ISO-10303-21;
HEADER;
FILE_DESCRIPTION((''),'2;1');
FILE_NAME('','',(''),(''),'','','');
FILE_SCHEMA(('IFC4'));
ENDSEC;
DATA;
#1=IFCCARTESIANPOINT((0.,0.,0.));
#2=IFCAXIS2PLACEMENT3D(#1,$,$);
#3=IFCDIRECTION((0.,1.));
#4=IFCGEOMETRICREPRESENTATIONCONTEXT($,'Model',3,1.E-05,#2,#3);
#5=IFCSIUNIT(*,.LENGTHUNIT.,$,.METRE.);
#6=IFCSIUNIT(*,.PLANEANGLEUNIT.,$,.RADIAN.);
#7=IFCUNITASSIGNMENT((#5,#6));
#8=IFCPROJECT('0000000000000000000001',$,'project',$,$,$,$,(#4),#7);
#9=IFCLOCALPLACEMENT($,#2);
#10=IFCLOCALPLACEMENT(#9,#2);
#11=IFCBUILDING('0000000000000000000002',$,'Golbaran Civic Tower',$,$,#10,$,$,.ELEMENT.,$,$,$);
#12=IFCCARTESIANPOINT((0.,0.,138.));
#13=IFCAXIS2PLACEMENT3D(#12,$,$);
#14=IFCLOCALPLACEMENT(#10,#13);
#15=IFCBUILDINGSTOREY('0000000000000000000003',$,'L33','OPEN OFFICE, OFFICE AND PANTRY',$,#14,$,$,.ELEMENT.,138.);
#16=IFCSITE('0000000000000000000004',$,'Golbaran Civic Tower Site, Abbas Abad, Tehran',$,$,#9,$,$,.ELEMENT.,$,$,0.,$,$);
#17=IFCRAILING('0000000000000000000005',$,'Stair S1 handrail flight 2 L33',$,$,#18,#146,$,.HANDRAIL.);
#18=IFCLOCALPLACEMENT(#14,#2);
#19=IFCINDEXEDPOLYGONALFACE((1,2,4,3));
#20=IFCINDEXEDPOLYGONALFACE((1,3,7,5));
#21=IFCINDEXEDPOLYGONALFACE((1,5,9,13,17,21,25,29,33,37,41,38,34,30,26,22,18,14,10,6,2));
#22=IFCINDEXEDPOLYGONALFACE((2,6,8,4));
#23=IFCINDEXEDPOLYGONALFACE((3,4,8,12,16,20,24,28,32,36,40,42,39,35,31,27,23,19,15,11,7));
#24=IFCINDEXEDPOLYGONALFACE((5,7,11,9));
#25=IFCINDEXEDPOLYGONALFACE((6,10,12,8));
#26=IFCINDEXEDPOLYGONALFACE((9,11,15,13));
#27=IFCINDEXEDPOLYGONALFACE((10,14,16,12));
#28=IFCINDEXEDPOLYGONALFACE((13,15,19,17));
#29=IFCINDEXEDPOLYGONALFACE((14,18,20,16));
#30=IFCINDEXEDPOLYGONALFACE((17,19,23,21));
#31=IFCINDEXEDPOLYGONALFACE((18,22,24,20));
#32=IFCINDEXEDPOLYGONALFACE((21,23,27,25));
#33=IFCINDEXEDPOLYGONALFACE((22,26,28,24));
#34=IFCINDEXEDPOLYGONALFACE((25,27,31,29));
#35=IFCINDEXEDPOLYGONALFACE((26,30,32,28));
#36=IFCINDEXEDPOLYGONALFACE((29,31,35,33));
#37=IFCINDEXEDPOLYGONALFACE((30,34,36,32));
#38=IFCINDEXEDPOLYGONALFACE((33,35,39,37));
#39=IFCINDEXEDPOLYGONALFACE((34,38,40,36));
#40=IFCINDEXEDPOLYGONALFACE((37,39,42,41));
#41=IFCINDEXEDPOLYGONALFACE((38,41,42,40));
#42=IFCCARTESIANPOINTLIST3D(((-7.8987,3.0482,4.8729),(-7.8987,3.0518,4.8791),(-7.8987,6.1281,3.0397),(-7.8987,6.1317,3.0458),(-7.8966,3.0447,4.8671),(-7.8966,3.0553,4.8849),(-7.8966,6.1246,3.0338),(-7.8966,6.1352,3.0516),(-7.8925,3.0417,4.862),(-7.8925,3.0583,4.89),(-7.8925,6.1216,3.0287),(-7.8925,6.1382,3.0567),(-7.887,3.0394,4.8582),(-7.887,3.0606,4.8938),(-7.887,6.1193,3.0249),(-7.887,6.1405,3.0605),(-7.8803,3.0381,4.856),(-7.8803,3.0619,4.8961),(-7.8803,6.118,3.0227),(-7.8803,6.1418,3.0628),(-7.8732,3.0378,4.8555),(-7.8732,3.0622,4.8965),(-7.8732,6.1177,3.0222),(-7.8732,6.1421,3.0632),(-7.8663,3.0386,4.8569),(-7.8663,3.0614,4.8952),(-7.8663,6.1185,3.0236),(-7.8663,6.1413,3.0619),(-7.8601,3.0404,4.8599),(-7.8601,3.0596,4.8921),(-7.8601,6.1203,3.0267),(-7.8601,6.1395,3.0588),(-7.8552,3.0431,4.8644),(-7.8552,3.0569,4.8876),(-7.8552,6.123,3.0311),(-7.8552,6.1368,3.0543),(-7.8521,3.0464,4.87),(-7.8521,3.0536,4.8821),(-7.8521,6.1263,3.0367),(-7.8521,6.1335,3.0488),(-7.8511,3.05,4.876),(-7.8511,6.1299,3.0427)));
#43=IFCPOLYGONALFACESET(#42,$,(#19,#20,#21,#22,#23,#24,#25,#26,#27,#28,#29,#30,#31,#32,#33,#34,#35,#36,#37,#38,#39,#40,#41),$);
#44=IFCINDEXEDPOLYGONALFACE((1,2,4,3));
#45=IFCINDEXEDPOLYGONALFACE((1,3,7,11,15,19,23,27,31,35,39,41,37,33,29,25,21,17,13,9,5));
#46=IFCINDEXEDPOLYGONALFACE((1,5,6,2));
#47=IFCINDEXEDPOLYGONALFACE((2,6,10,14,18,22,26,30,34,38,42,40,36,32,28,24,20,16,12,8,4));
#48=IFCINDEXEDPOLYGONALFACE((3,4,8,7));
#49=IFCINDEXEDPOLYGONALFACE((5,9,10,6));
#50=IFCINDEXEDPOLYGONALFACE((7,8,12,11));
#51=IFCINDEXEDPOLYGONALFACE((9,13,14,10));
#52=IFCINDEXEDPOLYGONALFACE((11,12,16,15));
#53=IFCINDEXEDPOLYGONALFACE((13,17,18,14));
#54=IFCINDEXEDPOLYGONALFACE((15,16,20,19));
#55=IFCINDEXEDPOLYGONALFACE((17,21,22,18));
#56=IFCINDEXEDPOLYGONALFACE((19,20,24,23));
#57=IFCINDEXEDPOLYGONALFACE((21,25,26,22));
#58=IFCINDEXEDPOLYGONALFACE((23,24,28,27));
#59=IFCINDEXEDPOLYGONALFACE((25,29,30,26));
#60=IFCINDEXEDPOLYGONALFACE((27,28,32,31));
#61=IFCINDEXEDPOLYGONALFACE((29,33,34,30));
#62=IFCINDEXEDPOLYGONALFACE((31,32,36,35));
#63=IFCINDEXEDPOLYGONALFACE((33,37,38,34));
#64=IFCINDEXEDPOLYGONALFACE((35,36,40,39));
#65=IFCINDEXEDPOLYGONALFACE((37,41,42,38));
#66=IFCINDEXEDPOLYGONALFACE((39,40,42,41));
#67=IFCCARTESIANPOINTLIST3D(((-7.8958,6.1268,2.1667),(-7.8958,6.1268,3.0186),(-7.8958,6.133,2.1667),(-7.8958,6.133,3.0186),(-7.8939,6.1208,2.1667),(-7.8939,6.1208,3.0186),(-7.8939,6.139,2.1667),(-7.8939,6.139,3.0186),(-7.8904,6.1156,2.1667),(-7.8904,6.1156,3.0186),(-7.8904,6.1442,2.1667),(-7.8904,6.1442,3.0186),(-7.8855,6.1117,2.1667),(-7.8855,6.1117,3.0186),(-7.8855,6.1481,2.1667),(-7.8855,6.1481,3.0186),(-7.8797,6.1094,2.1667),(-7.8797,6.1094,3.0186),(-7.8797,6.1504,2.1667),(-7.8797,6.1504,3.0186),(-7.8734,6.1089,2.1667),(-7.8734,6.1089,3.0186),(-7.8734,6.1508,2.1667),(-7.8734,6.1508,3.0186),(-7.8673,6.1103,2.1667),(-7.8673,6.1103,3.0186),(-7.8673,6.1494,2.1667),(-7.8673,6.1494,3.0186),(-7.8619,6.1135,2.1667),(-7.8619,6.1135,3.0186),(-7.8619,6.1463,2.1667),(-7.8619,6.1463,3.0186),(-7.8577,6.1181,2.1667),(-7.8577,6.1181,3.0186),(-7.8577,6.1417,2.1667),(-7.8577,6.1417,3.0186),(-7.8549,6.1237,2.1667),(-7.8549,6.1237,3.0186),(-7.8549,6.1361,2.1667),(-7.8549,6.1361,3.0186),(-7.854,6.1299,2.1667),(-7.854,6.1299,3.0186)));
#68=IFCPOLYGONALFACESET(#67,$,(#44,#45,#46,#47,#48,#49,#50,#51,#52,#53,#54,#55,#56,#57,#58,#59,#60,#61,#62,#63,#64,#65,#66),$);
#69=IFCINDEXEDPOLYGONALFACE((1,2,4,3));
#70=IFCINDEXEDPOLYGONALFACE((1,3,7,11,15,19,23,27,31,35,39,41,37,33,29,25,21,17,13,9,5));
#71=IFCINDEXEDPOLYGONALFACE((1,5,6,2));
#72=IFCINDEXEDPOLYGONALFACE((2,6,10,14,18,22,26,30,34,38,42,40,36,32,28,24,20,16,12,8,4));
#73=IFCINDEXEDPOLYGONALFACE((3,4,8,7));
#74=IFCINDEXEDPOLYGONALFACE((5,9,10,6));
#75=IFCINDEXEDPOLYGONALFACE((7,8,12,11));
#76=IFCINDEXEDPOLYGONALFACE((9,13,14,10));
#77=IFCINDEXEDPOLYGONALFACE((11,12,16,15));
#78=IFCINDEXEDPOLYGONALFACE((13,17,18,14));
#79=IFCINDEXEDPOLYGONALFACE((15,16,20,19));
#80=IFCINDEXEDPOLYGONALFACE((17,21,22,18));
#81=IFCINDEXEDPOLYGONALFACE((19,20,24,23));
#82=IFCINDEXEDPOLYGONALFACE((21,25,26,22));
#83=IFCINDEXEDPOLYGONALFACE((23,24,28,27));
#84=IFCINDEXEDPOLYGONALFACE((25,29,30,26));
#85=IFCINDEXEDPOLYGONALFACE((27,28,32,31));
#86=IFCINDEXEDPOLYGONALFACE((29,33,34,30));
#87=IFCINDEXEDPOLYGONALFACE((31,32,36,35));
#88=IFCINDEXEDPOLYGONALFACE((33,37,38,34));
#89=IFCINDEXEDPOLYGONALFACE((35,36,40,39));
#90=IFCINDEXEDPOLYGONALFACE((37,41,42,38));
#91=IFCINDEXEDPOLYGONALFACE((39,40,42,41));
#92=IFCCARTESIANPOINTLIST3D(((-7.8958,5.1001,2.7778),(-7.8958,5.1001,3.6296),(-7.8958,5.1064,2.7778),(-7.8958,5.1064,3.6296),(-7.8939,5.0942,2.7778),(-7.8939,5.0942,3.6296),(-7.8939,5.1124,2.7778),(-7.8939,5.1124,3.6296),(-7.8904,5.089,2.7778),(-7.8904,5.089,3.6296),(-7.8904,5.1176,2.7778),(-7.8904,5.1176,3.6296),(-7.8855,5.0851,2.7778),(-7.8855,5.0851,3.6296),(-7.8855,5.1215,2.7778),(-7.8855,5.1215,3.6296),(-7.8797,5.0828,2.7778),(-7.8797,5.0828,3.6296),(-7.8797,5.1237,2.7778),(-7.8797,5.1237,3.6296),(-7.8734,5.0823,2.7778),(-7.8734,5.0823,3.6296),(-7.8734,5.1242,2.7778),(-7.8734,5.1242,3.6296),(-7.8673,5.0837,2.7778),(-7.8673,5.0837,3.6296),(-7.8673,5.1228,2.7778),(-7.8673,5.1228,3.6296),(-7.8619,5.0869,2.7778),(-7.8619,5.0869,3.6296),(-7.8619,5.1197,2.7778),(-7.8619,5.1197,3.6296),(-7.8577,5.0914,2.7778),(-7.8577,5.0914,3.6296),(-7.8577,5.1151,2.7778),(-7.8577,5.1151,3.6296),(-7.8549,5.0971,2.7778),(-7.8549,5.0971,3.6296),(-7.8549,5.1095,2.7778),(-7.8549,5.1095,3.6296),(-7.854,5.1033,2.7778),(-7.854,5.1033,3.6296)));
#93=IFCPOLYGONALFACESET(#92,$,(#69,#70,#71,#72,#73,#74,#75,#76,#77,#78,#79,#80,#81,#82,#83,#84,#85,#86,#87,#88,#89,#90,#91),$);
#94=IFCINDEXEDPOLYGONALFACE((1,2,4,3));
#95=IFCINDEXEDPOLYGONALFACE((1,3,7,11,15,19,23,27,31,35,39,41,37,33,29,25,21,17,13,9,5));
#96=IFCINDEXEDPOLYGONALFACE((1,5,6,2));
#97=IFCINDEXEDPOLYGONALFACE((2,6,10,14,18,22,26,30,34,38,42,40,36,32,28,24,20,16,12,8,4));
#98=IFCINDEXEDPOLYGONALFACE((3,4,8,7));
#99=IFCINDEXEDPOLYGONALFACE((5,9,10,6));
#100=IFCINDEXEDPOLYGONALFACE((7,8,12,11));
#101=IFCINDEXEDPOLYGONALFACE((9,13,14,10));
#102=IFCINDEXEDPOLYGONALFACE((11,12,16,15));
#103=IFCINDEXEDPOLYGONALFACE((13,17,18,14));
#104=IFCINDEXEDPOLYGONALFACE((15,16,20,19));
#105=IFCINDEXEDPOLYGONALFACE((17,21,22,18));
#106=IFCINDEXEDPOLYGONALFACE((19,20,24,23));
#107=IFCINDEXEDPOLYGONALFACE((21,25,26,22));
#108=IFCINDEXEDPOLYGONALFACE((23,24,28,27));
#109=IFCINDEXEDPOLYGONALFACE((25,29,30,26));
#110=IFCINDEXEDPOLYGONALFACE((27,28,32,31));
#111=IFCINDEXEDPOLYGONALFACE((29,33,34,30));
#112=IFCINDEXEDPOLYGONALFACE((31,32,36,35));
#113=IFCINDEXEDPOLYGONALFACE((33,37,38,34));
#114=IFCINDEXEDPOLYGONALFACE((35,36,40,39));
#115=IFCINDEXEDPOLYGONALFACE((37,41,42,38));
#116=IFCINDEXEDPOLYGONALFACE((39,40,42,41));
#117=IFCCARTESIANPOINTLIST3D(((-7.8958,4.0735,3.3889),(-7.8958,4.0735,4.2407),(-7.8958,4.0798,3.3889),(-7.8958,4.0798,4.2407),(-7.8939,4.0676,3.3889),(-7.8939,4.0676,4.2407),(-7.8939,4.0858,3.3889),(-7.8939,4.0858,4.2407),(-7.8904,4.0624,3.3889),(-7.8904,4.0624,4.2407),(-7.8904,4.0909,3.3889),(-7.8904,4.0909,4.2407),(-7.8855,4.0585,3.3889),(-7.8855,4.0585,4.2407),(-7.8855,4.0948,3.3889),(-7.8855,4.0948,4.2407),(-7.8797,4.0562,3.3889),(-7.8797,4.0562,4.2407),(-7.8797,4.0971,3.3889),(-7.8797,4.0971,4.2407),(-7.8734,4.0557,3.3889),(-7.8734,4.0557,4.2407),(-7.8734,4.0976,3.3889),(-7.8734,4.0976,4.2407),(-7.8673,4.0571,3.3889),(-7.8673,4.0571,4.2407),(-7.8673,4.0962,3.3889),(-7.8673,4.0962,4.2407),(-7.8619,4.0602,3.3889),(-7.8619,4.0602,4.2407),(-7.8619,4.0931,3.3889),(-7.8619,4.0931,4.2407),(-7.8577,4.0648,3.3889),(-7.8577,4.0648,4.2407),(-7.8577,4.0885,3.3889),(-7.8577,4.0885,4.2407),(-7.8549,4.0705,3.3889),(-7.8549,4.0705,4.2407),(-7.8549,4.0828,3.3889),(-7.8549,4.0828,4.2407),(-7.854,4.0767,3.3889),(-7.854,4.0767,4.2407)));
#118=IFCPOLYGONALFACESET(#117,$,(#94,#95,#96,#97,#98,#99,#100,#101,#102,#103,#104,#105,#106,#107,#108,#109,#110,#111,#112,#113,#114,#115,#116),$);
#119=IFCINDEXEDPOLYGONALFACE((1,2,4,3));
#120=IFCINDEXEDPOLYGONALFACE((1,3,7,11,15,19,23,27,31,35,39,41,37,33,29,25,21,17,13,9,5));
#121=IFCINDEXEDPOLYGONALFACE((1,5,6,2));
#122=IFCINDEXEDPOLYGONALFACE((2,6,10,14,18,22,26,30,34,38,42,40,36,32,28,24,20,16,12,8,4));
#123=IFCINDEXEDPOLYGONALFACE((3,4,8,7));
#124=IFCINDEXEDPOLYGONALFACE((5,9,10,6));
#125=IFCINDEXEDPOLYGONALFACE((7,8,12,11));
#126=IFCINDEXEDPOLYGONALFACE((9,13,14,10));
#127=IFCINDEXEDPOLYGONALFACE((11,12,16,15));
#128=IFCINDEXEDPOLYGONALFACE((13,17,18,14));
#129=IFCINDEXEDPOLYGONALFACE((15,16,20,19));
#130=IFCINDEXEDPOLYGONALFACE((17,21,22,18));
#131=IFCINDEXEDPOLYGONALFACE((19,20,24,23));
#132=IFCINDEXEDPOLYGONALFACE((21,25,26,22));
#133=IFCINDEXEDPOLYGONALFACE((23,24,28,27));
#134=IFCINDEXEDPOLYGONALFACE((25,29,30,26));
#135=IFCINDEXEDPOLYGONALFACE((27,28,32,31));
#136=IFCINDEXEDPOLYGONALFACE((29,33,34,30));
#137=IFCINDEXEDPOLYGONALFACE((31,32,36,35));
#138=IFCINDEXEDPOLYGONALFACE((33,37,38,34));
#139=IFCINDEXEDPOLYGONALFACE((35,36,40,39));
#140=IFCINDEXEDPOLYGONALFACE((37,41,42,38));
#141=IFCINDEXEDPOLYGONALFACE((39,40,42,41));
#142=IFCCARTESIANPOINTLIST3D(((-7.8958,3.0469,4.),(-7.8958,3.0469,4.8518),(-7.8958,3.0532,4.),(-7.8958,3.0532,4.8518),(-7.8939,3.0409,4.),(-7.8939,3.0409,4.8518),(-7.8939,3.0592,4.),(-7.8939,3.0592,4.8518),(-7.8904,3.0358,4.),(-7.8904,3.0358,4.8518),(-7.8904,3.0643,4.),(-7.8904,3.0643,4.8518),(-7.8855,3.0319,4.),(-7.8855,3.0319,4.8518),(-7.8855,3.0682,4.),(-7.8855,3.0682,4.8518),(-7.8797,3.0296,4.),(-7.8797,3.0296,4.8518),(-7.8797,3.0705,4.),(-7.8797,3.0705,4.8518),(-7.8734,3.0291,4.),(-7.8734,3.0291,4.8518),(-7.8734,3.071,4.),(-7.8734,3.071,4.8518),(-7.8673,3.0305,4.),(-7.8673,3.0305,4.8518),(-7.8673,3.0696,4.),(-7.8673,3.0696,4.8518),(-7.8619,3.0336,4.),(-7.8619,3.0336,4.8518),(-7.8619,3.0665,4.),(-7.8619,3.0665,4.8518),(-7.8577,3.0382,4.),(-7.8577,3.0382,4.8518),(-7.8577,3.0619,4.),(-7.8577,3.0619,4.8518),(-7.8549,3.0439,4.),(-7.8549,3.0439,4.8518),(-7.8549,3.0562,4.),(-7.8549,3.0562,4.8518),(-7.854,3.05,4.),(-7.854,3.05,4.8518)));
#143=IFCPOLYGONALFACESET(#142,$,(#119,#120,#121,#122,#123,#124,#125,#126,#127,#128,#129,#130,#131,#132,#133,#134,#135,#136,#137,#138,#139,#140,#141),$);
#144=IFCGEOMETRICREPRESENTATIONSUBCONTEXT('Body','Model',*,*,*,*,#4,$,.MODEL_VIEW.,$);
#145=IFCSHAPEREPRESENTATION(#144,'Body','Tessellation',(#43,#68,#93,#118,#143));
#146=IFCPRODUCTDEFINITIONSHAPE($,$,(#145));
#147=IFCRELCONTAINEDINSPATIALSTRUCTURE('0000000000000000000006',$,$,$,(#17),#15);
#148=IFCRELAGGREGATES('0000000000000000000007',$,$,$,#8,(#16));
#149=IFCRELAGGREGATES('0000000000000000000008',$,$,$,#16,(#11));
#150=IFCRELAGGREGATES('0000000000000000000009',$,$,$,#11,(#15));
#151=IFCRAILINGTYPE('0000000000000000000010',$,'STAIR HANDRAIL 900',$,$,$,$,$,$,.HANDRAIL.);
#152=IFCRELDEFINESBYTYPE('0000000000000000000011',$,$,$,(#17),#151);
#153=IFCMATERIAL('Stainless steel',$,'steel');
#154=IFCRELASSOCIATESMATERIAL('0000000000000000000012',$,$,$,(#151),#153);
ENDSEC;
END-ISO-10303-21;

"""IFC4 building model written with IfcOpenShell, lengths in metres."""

from ifc_helpers import new_model, si_unit, direction, frame, origin, origin_2d, place, context, subcontext, project, spatial, circle, extrude, material, type_object, element, save


model = new_model("IFC4")

# Units and contexts
model_context = context("Model", 3, precision=1e-05, world=origin(), true_north=direction((0.0, 1.0)))
body_context = subcontext(model_context, "Body", "Model", "MODEL_VIEW")
ifc_project = project(units=[si_unit("LENGTHUNIT", "METRE"), si_unit("PLANEANGLEUNIT", "RADIAN")], contexts=[model_context])

# Site, building, storey
site_placement = place(None, origin())
site = spatial("IfcSite", under=ifc_project, at=site_placement, Name="Golbaran Civic Tower Site, Abbas Abad, Tehran", CompositionType="ELEMENT", RefElevation=0.0)
building_placement = place(site_placement, origin())
building = spatial("IfcBuilding", under=site, at=building_placement, Name="Golbaran Civic Tower", CompositionType="ELEMENT")
storey_placement = place(building_placement, frame((0.0, 0.0, 138.0)))
storey = spatial("IfcBuildingStorey", under=building, at=storey_placement, Name="L33", Description="OPEN OFFICE, OFFICE AND PANTRY", CompositionType="ELEMENT", Elevation=138.0)

# Shared definitions
ifc_material_1 = material(Name="Stainless steel", Category="steel")

# Railing
railing_type = type_object("IfcRailingType", Name="STAIR HANDRAIL 900", PredefinedType="HANDRAIL", material=ifc_material_1)
railing_1_placement = place(storey_placement, frame((-7.875, 6.1299, 2.1667)))
element("IfcRailing", 1, at=railing_1_placement, inside=storey, type_object=railing_type, Name="Stair S1 handrail flight 2 L33", PredefinedType="HANDRAIL", context=body_context, shape_type="SweptSolid", body=[
    extrude(circle(Radius=0.0239, at=origin_2d()), frame((0.0, 0.0, 0.876), z_axis=(0.0, -0.859291, 0.511487), x_axis=(1.0, 0.0, 0.0)), (0.0, 0.0, 1.0), 3.5842),
    extrude(circle(Radius=0.021, at=origin_2d()), origin(), (0.0, 0.0, 1.0), 0.8518),
    extrude(circle(Radius=0.021, at=origin_2d()), frame((0.0, -1.0266, 0.6111)), (0.0, 0.0, 1.0), 0.8518),
    extrude(circle(Radius=0.021, at=origin_2d()), frame((0.0, -2.0532, 1.2222)), (0.0, 0.0, 1.0), 0.8518),
    extrude(circle(Radius=0.021, at=origin_2d()), frame((0.0, -3.0798, 1.8333)), (0.0, 0.0, 1.0), 0.8518),
])

save(model, "model.ifc")
